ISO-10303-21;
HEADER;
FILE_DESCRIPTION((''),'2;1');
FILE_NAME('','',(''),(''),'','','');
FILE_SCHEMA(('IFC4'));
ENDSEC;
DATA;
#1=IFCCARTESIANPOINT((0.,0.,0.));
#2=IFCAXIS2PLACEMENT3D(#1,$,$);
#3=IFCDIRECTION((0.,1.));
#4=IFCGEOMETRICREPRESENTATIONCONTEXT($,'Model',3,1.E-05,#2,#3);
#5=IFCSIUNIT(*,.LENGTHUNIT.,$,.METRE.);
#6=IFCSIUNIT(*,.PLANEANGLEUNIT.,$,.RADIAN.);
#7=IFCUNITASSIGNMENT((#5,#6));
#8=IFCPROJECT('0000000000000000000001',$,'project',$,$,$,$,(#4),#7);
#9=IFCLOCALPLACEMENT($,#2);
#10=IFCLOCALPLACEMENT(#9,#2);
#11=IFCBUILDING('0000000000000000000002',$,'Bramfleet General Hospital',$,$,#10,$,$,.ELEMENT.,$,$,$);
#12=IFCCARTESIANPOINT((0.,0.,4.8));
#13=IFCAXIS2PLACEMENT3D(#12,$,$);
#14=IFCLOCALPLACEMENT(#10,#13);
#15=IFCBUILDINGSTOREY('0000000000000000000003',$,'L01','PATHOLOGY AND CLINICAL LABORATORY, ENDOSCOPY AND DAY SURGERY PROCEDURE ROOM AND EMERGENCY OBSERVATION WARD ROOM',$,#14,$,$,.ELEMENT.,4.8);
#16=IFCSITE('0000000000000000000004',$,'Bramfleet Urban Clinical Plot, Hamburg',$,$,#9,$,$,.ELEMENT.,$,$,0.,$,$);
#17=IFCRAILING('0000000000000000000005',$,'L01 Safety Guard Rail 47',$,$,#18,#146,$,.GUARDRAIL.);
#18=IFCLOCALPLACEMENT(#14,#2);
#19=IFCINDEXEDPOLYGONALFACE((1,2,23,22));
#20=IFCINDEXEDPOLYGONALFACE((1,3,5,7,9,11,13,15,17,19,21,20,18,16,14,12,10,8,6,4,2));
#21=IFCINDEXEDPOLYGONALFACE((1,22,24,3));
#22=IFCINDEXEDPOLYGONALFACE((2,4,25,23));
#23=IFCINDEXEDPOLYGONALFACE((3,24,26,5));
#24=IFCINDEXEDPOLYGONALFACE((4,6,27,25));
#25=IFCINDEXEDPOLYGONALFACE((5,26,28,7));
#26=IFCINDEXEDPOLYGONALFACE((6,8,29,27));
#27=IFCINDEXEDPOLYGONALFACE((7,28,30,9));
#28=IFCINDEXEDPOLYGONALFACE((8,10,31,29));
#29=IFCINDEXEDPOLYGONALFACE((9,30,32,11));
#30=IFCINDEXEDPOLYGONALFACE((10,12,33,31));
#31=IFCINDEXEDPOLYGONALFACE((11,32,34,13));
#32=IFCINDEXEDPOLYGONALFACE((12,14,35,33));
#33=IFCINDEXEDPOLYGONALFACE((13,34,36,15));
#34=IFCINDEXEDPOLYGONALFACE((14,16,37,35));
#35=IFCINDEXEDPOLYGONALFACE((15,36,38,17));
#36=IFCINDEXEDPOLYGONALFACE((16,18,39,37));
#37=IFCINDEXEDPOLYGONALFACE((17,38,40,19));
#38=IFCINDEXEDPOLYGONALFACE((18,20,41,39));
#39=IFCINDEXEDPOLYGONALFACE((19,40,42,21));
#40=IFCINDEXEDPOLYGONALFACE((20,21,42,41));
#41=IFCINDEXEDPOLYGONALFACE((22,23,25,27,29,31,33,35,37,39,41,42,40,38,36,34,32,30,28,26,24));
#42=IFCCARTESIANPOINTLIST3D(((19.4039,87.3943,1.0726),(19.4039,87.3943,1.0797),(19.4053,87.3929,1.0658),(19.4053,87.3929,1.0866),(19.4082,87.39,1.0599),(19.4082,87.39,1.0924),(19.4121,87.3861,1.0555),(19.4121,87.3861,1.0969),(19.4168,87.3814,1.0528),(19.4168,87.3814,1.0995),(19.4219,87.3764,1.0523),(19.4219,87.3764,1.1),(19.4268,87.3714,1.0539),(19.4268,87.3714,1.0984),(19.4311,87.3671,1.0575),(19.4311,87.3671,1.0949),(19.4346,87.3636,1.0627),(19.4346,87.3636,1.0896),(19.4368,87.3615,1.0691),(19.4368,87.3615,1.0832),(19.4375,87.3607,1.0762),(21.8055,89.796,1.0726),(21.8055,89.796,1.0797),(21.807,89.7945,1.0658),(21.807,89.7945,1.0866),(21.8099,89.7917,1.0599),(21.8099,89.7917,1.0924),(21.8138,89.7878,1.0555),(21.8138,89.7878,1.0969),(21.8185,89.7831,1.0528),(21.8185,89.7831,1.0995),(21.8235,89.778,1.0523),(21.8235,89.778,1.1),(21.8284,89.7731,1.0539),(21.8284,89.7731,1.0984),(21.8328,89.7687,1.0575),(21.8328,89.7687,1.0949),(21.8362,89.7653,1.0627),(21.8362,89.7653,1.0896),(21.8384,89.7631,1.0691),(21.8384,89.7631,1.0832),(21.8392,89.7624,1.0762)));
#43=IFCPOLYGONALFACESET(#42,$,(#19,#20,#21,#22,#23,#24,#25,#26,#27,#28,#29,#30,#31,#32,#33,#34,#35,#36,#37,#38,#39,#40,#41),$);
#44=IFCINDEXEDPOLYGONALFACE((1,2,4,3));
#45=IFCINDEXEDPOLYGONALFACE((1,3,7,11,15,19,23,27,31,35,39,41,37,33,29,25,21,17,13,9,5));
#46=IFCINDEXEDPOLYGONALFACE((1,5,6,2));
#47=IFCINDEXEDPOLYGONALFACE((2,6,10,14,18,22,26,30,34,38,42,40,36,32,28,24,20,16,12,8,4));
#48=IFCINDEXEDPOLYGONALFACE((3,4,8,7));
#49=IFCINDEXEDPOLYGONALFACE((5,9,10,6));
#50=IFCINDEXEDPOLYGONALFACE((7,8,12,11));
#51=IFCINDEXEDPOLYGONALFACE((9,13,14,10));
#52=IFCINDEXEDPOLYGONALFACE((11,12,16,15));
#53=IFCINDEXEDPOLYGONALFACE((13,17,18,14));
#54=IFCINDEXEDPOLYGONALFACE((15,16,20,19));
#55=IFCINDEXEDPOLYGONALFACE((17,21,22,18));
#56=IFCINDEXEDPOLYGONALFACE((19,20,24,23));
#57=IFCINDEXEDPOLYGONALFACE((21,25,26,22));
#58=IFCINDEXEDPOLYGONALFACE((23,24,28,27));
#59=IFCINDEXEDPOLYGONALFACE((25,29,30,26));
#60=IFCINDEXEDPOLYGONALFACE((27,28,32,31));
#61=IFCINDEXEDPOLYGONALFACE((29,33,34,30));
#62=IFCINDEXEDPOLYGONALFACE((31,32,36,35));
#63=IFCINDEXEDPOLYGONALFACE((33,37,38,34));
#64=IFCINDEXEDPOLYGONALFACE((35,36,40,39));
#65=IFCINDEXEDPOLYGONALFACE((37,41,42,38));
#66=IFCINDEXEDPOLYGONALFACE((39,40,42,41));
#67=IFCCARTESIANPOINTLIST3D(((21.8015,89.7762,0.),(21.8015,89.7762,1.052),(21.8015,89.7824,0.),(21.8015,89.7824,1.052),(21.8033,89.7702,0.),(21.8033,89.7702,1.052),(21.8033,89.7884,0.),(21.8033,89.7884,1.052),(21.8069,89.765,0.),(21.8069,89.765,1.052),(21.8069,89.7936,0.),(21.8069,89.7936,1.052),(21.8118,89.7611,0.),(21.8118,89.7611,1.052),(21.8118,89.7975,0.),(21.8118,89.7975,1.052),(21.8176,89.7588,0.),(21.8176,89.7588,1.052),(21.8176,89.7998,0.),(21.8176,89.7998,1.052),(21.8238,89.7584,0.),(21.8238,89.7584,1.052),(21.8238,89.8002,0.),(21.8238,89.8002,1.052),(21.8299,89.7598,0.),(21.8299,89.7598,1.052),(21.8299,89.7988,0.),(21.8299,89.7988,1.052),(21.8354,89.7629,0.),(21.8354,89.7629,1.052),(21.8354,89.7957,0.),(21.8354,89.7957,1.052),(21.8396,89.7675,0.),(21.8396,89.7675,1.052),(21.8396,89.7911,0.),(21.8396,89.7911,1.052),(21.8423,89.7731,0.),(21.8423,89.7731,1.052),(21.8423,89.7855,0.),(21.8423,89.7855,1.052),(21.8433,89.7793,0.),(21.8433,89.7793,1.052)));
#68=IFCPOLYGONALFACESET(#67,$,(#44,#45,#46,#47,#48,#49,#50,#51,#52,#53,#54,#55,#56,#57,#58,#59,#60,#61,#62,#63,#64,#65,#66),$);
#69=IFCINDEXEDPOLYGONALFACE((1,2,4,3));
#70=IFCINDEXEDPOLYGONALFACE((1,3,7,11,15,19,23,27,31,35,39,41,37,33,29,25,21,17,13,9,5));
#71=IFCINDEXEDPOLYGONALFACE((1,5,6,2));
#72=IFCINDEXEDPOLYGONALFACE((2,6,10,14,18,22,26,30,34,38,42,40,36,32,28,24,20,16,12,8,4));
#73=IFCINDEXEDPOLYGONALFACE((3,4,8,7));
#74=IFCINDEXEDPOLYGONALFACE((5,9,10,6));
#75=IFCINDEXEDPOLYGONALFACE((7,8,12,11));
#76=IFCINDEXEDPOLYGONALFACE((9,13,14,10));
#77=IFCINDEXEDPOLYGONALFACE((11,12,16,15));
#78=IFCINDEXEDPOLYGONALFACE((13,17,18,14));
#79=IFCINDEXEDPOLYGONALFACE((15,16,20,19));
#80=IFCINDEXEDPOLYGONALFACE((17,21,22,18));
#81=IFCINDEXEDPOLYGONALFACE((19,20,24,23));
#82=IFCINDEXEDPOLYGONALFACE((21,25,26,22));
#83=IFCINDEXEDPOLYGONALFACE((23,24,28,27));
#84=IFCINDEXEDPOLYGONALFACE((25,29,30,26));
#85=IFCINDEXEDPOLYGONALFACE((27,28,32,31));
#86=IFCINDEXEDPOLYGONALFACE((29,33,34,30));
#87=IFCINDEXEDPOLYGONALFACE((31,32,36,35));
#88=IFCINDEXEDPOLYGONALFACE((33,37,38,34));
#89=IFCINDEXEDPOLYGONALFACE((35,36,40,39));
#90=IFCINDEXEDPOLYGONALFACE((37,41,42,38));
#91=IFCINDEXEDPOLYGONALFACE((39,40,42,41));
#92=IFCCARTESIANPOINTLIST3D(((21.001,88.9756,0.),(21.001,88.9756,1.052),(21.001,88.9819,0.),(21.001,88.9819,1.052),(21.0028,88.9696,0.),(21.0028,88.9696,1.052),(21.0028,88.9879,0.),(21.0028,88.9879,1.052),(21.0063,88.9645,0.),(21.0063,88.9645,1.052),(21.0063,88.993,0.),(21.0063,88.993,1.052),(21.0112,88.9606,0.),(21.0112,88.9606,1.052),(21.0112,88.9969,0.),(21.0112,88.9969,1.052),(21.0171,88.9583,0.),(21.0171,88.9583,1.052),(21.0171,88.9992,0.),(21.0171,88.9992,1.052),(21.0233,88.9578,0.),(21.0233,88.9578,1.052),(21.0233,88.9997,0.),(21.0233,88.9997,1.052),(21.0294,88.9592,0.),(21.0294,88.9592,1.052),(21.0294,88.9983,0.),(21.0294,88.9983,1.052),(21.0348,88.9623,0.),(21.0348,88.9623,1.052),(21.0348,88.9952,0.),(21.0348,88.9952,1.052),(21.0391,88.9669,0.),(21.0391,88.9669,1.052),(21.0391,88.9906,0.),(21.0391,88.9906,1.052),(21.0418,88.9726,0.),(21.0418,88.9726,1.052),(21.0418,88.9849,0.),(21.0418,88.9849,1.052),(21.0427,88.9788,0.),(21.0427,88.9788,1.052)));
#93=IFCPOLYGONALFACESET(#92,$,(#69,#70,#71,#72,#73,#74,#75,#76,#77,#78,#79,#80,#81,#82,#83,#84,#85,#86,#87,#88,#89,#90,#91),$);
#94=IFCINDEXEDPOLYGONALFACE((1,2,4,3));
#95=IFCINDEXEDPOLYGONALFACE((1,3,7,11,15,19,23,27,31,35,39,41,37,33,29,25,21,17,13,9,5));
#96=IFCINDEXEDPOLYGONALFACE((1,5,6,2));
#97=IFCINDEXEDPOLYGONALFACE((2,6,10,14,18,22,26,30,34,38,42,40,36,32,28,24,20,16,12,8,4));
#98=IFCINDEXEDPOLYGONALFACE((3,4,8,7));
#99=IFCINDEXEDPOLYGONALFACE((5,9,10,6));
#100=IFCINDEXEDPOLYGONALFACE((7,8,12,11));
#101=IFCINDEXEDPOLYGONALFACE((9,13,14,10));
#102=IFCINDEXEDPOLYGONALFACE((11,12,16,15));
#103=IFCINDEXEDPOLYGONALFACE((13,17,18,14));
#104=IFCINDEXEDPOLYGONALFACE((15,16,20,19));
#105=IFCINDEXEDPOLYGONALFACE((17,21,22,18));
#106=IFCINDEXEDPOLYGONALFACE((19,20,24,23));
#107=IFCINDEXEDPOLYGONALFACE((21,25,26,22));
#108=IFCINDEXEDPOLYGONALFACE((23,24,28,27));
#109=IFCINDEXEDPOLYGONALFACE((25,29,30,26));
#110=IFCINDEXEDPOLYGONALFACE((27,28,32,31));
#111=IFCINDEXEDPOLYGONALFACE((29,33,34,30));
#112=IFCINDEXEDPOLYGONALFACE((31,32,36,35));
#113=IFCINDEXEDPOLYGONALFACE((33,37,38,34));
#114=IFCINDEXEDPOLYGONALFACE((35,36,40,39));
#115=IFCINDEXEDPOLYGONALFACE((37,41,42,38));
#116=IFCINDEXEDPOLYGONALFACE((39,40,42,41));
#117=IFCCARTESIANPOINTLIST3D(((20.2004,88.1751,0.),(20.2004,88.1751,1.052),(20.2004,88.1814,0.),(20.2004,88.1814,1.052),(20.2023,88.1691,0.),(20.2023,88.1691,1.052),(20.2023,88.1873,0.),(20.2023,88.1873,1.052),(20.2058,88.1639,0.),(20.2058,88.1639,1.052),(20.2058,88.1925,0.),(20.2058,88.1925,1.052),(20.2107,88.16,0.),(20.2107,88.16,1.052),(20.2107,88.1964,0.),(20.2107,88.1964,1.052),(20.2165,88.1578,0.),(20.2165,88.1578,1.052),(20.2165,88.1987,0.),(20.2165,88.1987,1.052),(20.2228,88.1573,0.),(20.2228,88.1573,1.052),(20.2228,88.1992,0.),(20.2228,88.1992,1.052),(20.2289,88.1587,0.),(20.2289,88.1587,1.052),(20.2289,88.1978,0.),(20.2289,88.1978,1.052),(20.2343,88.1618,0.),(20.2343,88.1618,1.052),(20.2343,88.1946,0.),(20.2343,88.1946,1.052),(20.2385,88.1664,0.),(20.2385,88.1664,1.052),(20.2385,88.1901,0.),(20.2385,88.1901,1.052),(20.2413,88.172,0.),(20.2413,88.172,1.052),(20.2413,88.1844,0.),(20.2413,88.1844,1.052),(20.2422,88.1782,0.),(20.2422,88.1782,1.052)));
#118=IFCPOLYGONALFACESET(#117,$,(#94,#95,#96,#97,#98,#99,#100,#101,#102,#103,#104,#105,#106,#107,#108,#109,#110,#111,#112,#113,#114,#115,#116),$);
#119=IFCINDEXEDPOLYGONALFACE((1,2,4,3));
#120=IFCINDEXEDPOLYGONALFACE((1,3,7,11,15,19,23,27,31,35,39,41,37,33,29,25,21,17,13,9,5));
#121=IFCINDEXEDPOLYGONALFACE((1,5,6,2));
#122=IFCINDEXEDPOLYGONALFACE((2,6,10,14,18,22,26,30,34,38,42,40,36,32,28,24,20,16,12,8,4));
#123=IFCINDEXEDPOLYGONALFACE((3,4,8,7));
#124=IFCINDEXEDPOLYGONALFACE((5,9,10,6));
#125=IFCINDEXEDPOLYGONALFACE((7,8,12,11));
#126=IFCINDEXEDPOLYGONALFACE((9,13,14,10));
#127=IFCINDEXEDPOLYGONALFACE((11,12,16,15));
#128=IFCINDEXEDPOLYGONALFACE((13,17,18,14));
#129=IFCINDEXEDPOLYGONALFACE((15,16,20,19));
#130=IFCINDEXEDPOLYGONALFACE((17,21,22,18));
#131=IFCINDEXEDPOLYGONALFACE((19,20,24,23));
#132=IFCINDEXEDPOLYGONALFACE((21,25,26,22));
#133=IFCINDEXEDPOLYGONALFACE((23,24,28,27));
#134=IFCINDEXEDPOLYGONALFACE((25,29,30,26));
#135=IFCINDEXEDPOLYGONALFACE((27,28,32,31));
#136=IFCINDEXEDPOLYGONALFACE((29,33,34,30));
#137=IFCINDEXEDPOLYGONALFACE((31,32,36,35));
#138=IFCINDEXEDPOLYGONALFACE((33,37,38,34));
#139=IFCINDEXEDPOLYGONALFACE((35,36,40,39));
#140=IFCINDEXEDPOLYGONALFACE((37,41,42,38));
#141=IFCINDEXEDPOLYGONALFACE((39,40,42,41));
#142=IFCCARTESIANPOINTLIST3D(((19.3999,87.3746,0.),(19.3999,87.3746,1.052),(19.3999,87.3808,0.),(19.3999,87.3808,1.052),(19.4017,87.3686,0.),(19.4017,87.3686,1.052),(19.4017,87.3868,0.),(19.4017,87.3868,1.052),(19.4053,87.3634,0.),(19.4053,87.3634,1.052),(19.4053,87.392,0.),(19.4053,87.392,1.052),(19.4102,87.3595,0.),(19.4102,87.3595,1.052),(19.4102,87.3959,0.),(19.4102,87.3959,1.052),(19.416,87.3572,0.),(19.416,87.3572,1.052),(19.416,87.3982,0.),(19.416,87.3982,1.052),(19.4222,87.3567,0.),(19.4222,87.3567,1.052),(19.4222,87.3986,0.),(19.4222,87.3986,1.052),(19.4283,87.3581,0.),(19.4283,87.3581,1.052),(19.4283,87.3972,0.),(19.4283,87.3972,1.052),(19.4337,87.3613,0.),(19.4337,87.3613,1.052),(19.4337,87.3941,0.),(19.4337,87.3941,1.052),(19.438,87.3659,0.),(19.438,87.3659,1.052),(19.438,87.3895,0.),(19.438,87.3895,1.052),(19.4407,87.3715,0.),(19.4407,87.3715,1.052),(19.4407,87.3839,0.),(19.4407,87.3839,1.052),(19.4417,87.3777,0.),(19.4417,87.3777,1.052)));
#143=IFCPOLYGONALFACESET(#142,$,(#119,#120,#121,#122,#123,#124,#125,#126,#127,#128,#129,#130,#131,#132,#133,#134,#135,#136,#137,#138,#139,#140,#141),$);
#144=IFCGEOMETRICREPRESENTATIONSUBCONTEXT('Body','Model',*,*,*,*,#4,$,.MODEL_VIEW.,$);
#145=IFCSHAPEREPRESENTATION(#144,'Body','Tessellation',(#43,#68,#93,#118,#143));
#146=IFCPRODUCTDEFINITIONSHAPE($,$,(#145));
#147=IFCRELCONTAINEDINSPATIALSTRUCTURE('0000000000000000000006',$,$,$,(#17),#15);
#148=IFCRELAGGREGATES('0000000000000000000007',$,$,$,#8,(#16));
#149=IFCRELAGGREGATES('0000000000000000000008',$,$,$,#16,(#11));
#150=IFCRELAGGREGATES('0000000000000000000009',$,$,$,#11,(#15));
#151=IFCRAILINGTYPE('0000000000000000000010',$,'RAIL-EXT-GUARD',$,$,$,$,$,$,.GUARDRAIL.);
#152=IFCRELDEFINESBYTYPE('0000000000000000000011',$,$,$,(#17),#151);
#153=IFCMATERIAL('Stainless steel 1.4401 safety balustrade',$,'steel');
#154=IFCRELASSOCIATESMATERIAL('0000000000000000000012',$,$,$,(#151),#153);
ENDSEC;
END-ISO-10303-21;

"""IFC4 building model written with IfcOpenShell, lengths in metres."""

from ifc_helpers import new_model, si_unit, direction, frame, origin, origin_2d, place, context, subcontext, project, spatial, circle, extrude, material, type_object, element, save


model = new_model("IFC4")

# Units and contexts
model_context = context("Model", 3, precision=1e-05, world=origin(), true_north=direction((0.0, 1.0)))
body_context = subcontext(model_context, "Body", "Model", "MODEL_VIEW")
ifc_project = project(units=[si_unit("LENGTHUNIT", "METRE"), si_unit("PLANEANGLEUNIT", "RADIAN")], contexts=[model_context])

# Site, building, storey
site_placement = place(None, origin())
site = spatial("IfcSite", under=ifc_project, at=site_placement, Name="Bramfleet Urban Clinical Plot, Hamburg", CompositionType="ELEMENT", RefElevation=0.0)
building_placement = place(site_placement, origin())
building = spatial("IfcBuilding", under=site, at=building_placement, Name="Bramfleet General Hospital", CompositionType="ELEMENT")
storey_placement = place(building_placement, frame((0.0, 0.0, 4.8)))
storey = spatial("IfcBuildingStorey", under=building, at=storey_placement, Name="L01", Description="PATHOLOGY AND CLINICAL LABORATORY, ENDOSCOPY AND DAY SURGERY PROCEDURE ROOM AND EMERGENCY OBSERVATION WARD ROOM", CompositionType="ELEMENT", Elevation=4.8)

# Railing
ifc_material_1 = material(Name="Stainless steel 1.4401 safety balustrade", Category="steel")
railing_type = type_object("IfcRailingType", Name="RAIL-EXT-GUARD", PredefinedType="GUARDRAIL", material=ifc_material_1)
railing_1_placement = place(storey_placement, frame((21.8223, 89.7793, 0.0)))
element("IfcRailing", 1, at=railing_1_placement, inside=storey, type_object=railing_type, Name="L01 Safety Guard Rail 47", PredefinedType="GUARDRAIL", context=body_context, shape_type="SweptSolid", body=[
    extrude(circle(Radius=0.0239, at=origin_2d()), frame((0.0, 0.0, 1.0762), z_axis=(-0.707107, -0.707107, 0.0), x_axis=(0.707107, -0.707107, 0.0)), (0.0, 0.0, 1.0), 3.3965),
    extrude(circle(Radius=0.021, at=origin_2d()), origin(), (0.0, 0.0, 1.0), 1.052),
    extrude(circle(Radius=0.021, at=origin_2d()), frame((-0.8005, -0.8005, 0.0)), (0.0, 0.0, 1.0), 1.052),
    extrude(circle(Radius=0.021, at=origin_2d()), frame((-1.6011, -1.6011, 0.0)), (0.0, 0.0, 1.0), 1.052),
    extrude(circle(Radius=0.021, at=origin_2d()), frame((-2.4016, -2.4016, 0.0)), (0.0, 0.0, 1.0), 1.052),
])

save(model, "model.ifc")
